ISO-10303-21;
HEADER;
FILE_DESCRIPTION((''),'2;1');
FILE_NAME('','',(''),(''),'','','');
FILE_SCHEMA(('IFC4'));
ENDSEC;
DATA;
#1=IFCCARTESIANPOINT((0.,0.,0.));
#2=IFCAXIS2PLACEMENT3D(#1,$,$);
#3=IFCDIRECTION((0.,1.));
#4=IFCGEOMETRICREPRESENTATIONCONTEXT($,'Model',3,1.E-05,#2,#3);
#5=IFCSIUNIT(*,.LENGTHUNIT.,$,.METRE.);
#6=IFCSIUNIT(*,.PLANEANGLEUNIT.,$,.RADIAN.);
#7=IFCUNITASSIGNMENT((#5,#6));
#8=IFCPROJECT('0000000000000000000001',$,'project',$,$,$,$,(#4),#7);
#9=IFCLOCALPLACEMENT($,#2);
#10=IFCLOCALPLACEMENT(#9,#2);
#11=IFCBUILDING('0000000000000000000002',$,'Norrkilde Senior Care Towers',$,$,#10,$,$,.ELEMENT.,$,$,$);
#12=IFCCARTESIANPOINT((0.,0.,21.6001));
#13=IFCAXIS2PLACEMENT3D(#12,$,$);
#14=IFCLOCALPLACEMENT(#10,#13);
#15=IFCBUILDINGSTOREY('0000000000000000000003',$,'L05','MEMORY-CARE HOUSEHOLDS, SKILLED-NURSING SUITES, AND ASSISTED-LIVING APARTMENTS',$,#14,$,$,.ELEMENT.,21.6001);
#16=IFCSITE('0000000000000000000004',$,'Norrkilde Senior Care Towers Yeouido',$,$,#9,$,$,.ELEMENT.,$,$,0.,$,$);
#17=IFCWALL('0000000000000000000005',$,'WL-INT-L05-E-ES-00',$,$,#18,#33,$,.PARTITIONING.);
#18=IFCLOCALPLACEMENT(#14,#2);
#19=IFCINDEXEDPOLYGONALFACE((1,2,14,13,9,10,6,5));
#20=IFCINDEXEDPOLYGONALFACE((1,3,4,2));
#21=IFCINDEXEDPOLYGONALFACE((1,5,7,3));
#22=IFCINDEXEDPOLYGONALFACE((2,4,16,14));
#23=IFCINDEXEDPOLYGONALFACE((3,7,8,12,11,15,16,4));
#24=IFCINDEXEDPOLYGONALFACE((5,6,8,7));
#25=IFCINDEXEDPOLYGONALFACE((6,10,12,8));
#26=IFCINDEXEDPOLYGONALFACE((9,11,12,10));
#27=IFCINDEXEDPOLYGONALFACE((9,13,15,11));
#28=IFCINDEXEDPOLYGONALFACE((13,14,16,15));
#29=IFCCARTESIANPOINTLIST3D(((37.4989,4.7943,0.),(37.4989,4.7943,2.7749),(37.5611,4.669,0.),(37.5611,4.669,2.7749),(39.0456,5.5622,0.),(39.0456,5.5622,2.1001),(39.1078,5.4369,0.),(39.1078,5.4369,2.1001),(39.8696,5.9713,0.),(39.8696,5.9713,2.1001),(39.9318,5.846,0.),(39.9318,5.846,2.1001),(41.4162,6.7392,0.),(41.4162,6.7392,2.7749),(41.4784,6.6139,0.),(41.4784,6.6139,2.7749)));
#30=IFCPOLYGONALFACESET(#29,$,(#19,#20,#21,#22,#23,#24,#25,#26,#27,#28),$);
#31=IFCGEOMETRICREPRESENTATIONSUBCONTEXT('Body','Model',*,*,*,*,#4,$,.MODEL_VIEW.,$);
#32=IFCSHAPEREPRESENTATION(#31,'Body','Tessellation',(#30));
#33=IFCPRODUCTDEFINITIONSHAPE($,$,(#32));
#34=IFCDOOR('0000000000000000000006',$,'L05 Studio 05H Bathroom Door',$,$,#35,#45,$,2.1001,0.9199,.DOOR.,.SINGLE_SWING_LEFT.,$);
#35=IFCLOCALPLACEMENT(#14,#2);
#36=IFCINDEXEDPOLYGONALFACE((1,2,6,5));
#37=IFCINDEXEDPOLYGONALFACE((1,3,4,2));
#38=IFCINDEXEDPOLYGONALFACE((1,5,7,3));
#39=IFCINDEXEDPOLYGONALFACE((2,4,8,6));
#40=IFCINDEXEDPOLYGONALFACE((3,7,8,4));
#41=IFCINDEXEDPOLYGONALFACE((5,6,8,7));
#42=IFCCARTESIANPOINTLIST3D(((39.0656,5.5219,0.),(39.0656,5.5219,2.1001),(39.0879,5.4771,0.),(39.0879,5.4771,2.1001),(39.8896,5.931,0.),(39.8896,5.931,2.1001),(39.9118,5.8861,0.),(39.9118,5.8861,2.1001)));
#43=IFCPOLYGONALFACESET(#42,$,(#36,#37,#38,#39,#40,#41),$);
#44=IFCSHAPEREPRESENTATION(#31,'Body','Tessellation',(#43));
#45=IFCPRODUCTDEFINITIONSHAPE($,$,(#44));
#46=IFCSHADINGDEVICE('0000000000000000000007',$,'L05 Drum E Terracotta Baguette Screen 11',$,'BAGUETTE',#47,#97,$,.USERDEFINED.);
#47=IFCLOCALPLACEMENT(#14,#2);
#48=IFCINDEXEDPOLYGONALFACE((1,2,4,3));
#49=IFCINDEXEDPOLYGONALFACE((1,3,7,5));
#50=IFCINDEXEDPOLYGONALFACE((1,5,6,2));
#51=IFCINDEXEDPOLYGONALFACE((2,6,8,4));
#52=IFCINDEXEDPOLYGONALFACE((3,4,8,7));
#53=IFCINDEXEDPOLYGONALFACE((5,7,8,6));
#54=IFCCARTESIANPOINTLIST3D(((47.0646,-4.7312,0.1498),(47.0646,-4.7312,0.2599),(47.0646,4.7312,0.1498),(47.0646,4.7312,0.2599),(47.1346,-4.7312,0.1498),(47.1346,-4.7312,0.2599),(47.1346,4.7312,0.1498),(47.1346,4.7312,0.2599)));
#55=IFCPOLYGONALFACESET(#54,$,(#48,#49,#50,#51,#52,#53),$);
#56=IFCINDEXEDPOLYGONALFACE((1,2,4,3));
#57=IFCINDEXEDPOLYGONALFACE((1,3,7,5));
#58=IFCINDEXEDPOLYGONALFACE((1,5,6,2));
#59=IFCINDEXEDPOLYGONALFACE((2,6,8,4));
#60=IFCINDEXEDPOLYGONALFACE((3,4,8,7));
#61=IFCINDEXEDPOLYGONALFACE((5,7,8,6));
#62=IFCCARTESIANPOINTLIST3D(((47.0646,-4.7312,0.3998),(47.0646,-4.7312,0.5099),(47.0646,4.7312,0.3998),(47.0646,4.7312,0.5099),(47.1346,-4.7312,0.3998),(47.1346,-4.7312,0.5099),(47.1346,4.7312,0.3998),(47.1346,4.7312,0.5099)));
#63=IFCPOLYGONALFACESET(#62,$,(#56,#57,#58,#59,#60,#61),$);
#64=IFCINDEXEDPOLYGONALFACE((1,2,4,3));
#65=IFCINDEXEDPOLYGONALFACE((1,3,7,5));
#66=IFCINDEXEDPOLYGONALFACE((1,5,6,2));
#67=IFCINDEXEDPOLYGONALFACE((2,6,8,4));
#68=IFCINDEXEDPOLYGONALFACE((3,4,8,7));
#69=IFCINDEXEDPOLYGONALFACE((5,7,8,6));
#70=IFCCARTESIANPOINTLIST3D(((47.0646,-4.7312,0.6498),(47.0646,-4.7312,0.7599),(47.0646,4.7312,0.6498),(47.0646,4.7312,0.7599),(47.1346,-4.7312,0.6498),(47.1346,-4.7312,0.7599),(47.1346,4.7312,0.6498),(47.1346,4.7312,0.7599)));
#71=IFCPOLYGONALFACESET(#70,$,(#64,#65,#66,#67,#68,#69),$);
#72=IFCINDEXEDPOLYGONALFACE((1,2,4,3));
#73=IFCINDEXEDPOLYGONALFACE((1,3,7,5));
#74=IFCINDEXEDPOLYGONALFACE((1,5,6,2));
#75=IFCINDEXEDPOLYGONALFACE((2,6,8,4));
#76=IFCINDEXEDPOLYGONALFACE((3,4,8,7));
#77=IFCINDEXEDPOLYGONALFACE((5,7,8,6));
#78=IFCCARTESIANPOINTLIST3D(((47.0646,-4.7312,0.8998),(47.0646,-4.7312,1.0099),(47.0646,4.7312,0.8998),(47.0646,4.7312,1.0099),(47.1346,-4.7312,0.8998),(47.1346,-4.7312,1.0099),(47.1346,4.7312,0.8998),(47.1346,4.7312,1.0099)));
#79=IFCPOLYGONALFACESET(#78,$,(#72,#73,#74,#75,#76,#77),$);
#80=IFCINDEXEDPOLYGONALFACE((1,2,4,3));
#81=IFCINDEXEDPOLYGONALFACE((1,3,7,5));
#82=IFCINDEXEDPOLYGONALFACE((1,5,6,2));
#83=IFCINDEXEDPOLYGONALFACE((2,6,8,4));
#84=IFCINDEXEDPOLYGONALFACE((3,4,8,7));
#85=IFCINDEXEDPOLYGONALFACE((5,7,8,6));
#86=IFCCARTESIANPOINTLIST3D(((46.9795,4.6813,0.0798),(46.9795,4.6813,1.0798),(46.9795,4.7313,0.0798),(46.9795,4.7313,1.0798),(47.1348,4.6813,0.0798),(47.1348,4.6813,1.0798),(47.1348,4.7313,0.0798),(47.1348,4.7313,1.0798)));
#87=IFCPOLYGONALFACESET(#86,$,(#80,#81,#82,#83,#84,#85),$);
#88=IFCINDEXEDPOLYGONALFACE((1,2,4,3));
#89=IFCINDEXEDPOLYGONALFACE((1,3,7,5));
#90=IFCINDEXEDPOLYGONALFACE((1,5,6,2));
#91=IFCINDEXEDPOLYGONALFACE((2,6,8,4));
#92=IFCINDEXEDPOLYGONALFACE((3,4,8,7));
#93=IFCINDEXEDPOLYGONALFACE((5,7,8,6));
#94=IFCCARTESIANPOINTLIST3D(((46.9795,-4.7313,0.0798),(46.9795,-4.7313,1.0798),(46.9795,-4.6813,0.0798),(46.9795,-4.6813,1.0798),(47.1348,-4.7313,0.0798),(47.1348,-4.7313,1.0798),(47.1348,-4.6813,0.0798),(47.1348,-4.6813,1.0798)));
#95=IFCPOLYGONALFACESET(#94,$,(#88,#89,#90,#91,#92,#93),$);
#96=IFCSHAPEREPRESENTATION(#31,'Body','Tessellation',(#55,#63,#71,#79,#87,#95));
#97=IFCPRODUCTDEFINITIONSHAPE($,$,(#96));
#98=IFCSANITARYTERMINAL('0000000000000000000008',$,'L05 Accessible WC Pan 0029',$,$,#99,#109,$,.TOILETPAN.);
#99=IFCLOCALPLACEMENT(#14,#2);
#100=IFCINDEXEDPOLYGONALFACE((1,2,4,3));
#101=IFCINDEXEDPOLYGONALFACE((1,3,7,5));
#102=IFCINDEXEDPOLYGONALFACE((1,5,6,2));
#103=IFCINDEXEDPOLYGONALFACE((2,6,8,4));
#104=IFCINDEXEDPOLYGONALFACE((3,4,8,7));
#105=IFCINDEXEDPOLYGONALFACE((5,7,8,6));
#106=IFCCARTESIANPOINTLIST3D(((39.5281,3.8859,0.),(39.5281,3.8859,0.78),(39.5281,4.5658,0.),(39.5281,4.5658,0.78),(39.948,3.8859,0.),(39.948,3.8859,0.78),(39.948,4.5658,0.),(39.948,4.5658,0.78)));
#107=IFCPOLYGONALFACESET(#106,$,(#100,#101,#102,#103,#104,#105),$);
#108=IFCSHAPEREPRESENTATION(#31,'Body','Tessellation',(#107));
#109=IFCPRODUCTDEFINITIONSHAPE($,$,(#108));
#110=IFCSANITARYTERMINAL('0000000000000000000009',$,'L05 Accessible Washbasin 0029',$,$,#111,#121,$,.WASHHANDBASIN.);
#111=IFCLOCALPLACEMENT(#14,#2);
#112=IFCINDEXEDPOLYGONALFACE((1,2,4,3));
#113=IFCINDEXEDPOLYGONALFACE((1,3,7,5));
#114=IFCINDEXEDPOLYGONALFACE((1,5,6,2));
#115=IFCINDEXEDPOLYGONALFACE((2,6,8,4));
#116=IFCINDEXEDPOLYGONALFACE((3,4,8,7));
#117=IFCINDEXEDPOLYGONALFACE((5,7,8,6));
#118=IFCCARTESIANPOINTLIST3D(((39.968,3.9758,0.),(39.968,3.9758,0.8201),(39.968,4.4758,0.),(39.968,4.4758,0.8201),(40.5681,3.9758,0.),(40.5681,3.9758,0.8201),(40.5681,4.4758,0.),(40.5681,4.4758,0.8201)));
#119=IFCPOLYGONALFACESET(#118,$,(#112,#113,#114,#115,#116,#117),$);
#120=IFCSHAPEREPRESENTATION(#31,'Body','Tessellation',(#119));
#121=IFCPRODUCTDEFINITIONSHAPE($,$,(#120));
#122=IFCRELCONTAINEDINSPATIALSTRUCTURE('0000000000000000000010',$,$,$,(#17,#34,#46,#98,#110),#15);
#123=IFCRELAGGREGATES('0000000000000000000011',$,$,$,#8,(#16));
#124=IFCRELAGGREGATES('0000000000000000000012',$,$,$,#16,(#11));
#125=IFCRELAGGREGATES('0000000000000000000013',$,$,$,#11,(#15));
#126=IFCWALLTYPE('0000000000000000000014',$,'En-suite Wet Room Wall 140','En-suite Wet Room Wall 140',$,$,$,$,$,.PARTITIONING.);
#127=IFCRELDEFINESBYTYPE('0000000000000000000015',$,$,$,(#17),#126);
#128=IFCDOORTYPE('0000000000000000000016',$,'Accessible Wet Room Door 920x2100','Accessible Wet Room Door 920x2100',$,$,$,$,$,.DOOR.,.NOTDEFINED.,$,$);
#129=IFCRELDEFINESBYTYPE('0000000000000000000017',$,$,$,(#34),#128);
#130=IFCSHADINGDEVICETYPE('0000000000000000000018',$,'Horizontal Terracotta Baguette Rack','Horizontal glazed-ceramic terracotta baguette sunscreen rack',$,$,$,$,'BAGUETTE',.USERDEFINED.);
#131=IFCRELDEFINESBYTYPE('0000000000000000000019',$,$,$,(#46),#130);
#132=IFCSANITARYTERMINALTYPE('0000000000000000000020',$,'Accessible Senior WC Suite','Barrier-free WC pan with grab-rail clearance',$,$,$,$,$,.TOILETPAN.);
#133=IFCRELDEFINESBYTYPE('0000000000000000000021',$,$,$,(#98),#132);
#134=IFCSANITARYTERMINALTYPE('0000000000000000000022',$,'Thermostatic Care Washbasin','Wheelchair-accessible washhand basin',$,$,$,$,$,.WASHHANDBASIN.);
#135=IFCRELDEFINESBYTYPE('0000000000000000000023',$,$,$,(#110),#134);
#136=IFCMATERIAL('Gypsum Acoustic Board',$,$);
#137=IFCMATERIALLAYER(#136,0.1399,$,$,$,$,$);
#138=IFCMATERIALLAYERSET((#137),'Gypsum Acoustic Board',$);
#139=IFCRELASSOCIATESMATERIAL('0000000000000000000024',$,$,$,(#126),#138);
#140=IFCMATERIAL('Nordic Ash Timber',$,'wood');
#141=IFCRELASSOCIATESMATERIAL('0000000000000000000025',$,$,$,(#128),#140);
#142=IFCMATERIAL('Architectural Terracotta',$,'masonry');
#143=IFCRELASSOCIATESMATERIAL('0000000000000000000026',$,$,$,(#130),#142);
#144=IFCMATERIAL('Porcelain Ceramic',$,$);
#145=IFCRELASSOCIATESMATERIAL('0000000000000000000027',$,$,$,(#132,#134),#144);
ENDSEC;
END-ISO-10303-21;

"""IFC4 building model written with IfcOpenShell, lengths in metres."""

from ifc_helpers import new_model, si_unit, direction, frame, frame_2d, origin, origin_2d, place, context, subcontext, project, spatial, rectangle, extrude, source, transform, mapped, material, layer, layer_set, type_object, type_shapes, element, fill, save


model = new_model("IFC4")

# Units and contexts
model_context = context("Model", 3, precision=1e-05, world=origin(), true_north=direction((0.0, 1.0)))
body_context = subcontext(model_context, "Body", "Model", "MODEL_VIEW")
ifc_project = project(units=[si_unit("LENGTHUNIT", "METRE"), si_unit("PLANEANGLEUNIT", "RADIAN")], contexts=[model_context])

# Site, building, storey
site_placement = place(None, origin())
site = spatial("IfcSite", under=ifc_project, at=site_placement, Name="Norrkilde Senior Care Towers Yeouido", CompositionType="ELEMENT", RefElevation=0.0)
building_placement = place(site_placement, origin())
building = spatial("IfcBuilding", under=site, at=building_placement, Name="Norrkilde Senior Care Towers", CompositionType="ELEMENT")
storey_placement = place(building_placement, frame((0.0, 0.0, 21.6001)))
storey = spatial("IfcBuildingStorey", under=building, at=storey_placement, Name="L05", Description="MEMORY-CARE HOUSEHOLDS, SKILLED-NURSING SUITES, AND ASSISTED-LIVING APARTMENTS", CompositionType="ELEMENT", Elevation=21.6001)

# Shared definitions
ifc_material_1 = material(Name="Gypsum Acoustic Board")

# Wall, opening, door
ifc_layer_1 = layer(ifc_material_1, 0.1399)
ifc_layer_set_1 = layer_set([ifc_layer_1], Name="Gypsum Acoustic Board")
wall_type_1 = type_object("IfcWallType", Name="En-suite Wet Room Wall 140", Description="En-suite Wet Room Wall 140", PredefinedType="PARTITIONING", material=ifc_layer_set_1)
shared_shape_1 = source(origin(), body_context, "Body", "SweptSolid", [
    extrude(rectangle(XDim=4.3735, YDim=0.1399, at=frame_2d((2.1868, 0.0))), origin(), (0.0, 0.0, 1.0), 2.7749),
])
type_shapes(wall_type_1, [shared_shape_1])
wall_1_placement = place(storey_placement, frame((37.53, 4.7317, 0.0), z_axis=(0.0, 0.0, 1.0), x_axis=(0.895685, 0.444689, 0.0)))
wall_1 = element("IfcWall", 1, at=wall_1_placement, inside=storey, type_object=wall_type_1, Name="WL-INT-L05-E-ES-00", PredefinedType="PARTITIONING", context=body_context, shape_type="MappedRepresentation", body=[
    mapped(shared_shape_1, transform((0.0, 0.0, 0.0), x_axis=(1.0, 0.0, 0.0), y_axis=(0.0, 1.0, 0.0), z_axis=(0.0, 0.0, 1.0), scale=1.0)),
])
opening_1_placement = place(wall_1_placement, frame((1.7268, 0.0, 0.0)))
opening_1 = element("IfcOpeningElement", 2, at=opening_1_placement, cuts=wall_1, PredefinedType="OPENING", context=body_context, shape_type="SweptSolid", body=[
    extrude(rectangle(XDim=0.9199, YDim=2.1001, at=frame_2d((0.46, 1.05))), frame((0.0, 0.0798, 0.0), z_axis=(0.0, -1.0, 0.0), x_axis=(1.0, 0.0, 0.0)), (0.0, 0.0, 1.0), 0.1599),
])
ifc_material_2 = material(Name="Nordic Ash Timber", Category="wood")
door_type_1 = type_object("IfcDoorType", Name="Accessible Wet Room Door 920x2100", Description="Accessible Wet Room Door 920x2100", OperationType="NOTDEFINED", PredefinedType="DOOR", material=ifc_material_2)
shared_shape_2 = source(origin(), body_context, "Body", "SweptSolid", [
    extrude(rectangle(XDim=0.9199, YDim=2.1001, at=frame_2d((0.46, 1.05))), frame((0.0, 0.0249, 0.0), z_axis=(0.0, -1.0, 0.0), x_axis=(1.0, 0.0, 0.0)), (0.0, 0.0, 1.0), 0.05),
])
type_shapes(door_type_1, [shared_shape_2])
door_1_placement = place(opening_1_placement, origin())
door_1 = element("IfcDoor", 3, at=door_1_placement, inside=storey, type_object=door_type_1, Name="L05 Studio 05H Bathroom Door", OperationType="SINGLE_SWING_LEFT", OverallHeight=2.1001, OverallWidth=0.9199, PredefinedType="DOOR", context=body_context, shape_type="MappedRepresentation", body=[
    mapped(shared_shape_2, transform((0.0, 0.0, 0.0), x_axis=(1.0, 0.0, 0.0), y_axis=(0.0, 1.0, 0.0), z_axis=(0.0, 0.0, 1.0), scale=1.0)),
])
fill(opening_1, door_1)

# Shading device
ifc_material_3 = material(Name="Architectural Terracotta", Category="masonry")
shading_device_type = type_object("IfcShadingDeviceType", Name="Horizontal Terracotta Baguette Rack", Description="Horizontal glazed-ceramic terracotta baguette sunscreen rack", ElementType="BAGUETTE", PredefinedType="USERDEFINED", material=ifc_material_3)
shared_shape_3 = source(origin(), body_context, "Body", "SweptSolid", [
    extrude(rectangle(XDim=0.0701, YDim=0.1101, at=origin_2d()), frame((0.0, 0.0901, 0.125), z_axis=(1.0, 0.0, 0.0), x_axis=(0.0, 1.0, 0.0)), (0.0, 0.0, 1.0), 9.4624),
    extrude(rectangle(XDim=0.0701, YDim=0.1101, at=origin_2d()), frame((0.0, 0.0901, 0.375), z_axis=(1.0, 0.0, 0.0), x_axis=(0.0, 1.0, 0.0)), (0.0, 0.0, 1.0), 9.4624),
    extrude(rectangle(XDim=0.0701, YDim=0.1101, at=origin_2d()), frame((0.0, 0.0901, 0.625), z_axis=(1.0, 0.0, 0.0), x_axis=(0.0, 1.0, 0.0)), (0.0, 0.0, 1.0), 9.4624),
    extrude(rectangle(XDim=0.0701, YDim=0.1101, at=origin_2d()), frame((0.0, 0.0901, 0.875), z_axis=(1.0, 0.0, 0.0), x_axis=(0.0, 1.0, 0.0)), (0.0, 0.0, 1.0), 9.4624),
    extrude(rectangle(XDim=0.05, YDim=0.1553, at=origin_2d()), frame((0.0249, 0.0476, 0.0)), (0.0, 0.0, 1.0), 1.0),
    extrude(rectangle(XDim=0.05, YDim=0.1553, at=origin_2d()), frame((9.4375, 0.0476, 0.0)), (0.0, 0.0, 1.0), 1.0),
])
type_shapes(shading_device_type, [shared_shape_3])
shading_device_placement = place(storey_placement, frame((47.0095, 4.7312, 0.0798), z_axis=(0.0, 0.0, 1.0), x_axis=(0.0, -1.0, 0.0)))
element("IfcShadingDevice", 4, at=shading_device_placement, inside=storey, type_object=shading_device_type, Name="L05 Drum E Terracotta Baguette Screen 11", ObjectType="BAGUETTE", PredefinedType="USERDEFINED", context=body_context, shape_type="MappedRepresentation", body=[
    mapped(shared_shape_3, transform((0.0, 0.0, 0.0), x_axis=(1.0, 0.0, 0.0), y_axis=(0.0, 1.0, 0.0), z_axis=(0.0, 0.0, 1.0), scale=1.0)),
])

# Sanitary terminals
ifc_material_4 = material(Name="Porcelain Ceramic")
sanitary_terminal_type_1 = type_object("IfcSanitaryTerminalType", Name="Accessible Senior WC Suite", Description="Barrier-free WC pan with grab-rail clearance", PredefinedType="TOILETPAN", material=ifc_material_4)
shared_shape_4 = source(origin(), body_context, "Body", "SweptSolid", [
    extrude(rectangle(XDim=0.4199, YDim=0.6799, at=origin_2d()), origin(), (0.0, 0.0, 1.0), 0.78),
])
type_shapes(sanitary_terminal_type_1, [shared_shape_4])
sanitary_terminal_1_placement = place(storey_placement, frame((39.738, 4.2258, 0.0), z_axis=(0.0, 0.0, 1.0), x_axis=(1.0, 0.0, 0.0)))
element("IfcSanitaryTerminal", 5, at=sanitary_terminal_1_placement, inside=storey, type_object=sanitary_terminal_type_1, Name="L05 Accessible WC Pan 0029", PredefinedType="TOILETPAN", context=body_context, shape_type="MappedRepresentation", body=[
    mapped(shared_shape_4, transform((0.0, 0.0, 0.0), x_axis=(1.0, 0.0, 0.0), y_axis=(0.0, 1.0, 0.0), z_axis=(0.0, 0.0, 1.0), scale=1.0)),
])
sanitary_terminal_type_2 = type_object("IfcSanitaryTerminalType", Name="Thermostatic Care Washbasin", Description="Wheelchair-accessible washhand basin", PredefinedType="WASHHANDBASIN", material=ifc_material_4)
shared_shape_5 = source(origin(), body_context, "Body", "SweptSolid", [
    extrude(rectangle(XDim=0.6001, YDim=0.5, at=origin_2d()), origin(), (0.0, 0.0, 1.0), 0.8201),
])
type_shapes(sanitary_terminal_type_2, [shared_shape_5])
sanitary_terminal_2_placement = place(storey_placement, frame((40.2681, 4.2258, 0.0), z_axis=(0.0, 0.0, 1.0), x_axis=(1.0, 0.0, 0.0)))
element("IfcSanitaryTerminal", 6, at=sanitary_terminal_2_placement, inside=storey, type_object=sanitary_terminal_type_2, Name="L05 Accessible Washbasin 0029", PredefinedType="WASHHANDBASIN", context=body_context, shape_type="MappedRepresentation", body=[
    mapped(shared_shape_5, transform((0.0, 0.0, 0.0), x_axis=(1.0, 0.0, 0.0), y_axis=(0.0, 1.0, 0.0), z_axis=(0.0, 0.0, 1.0), scale=1.0)),
])

save(model, "model.ifc")
